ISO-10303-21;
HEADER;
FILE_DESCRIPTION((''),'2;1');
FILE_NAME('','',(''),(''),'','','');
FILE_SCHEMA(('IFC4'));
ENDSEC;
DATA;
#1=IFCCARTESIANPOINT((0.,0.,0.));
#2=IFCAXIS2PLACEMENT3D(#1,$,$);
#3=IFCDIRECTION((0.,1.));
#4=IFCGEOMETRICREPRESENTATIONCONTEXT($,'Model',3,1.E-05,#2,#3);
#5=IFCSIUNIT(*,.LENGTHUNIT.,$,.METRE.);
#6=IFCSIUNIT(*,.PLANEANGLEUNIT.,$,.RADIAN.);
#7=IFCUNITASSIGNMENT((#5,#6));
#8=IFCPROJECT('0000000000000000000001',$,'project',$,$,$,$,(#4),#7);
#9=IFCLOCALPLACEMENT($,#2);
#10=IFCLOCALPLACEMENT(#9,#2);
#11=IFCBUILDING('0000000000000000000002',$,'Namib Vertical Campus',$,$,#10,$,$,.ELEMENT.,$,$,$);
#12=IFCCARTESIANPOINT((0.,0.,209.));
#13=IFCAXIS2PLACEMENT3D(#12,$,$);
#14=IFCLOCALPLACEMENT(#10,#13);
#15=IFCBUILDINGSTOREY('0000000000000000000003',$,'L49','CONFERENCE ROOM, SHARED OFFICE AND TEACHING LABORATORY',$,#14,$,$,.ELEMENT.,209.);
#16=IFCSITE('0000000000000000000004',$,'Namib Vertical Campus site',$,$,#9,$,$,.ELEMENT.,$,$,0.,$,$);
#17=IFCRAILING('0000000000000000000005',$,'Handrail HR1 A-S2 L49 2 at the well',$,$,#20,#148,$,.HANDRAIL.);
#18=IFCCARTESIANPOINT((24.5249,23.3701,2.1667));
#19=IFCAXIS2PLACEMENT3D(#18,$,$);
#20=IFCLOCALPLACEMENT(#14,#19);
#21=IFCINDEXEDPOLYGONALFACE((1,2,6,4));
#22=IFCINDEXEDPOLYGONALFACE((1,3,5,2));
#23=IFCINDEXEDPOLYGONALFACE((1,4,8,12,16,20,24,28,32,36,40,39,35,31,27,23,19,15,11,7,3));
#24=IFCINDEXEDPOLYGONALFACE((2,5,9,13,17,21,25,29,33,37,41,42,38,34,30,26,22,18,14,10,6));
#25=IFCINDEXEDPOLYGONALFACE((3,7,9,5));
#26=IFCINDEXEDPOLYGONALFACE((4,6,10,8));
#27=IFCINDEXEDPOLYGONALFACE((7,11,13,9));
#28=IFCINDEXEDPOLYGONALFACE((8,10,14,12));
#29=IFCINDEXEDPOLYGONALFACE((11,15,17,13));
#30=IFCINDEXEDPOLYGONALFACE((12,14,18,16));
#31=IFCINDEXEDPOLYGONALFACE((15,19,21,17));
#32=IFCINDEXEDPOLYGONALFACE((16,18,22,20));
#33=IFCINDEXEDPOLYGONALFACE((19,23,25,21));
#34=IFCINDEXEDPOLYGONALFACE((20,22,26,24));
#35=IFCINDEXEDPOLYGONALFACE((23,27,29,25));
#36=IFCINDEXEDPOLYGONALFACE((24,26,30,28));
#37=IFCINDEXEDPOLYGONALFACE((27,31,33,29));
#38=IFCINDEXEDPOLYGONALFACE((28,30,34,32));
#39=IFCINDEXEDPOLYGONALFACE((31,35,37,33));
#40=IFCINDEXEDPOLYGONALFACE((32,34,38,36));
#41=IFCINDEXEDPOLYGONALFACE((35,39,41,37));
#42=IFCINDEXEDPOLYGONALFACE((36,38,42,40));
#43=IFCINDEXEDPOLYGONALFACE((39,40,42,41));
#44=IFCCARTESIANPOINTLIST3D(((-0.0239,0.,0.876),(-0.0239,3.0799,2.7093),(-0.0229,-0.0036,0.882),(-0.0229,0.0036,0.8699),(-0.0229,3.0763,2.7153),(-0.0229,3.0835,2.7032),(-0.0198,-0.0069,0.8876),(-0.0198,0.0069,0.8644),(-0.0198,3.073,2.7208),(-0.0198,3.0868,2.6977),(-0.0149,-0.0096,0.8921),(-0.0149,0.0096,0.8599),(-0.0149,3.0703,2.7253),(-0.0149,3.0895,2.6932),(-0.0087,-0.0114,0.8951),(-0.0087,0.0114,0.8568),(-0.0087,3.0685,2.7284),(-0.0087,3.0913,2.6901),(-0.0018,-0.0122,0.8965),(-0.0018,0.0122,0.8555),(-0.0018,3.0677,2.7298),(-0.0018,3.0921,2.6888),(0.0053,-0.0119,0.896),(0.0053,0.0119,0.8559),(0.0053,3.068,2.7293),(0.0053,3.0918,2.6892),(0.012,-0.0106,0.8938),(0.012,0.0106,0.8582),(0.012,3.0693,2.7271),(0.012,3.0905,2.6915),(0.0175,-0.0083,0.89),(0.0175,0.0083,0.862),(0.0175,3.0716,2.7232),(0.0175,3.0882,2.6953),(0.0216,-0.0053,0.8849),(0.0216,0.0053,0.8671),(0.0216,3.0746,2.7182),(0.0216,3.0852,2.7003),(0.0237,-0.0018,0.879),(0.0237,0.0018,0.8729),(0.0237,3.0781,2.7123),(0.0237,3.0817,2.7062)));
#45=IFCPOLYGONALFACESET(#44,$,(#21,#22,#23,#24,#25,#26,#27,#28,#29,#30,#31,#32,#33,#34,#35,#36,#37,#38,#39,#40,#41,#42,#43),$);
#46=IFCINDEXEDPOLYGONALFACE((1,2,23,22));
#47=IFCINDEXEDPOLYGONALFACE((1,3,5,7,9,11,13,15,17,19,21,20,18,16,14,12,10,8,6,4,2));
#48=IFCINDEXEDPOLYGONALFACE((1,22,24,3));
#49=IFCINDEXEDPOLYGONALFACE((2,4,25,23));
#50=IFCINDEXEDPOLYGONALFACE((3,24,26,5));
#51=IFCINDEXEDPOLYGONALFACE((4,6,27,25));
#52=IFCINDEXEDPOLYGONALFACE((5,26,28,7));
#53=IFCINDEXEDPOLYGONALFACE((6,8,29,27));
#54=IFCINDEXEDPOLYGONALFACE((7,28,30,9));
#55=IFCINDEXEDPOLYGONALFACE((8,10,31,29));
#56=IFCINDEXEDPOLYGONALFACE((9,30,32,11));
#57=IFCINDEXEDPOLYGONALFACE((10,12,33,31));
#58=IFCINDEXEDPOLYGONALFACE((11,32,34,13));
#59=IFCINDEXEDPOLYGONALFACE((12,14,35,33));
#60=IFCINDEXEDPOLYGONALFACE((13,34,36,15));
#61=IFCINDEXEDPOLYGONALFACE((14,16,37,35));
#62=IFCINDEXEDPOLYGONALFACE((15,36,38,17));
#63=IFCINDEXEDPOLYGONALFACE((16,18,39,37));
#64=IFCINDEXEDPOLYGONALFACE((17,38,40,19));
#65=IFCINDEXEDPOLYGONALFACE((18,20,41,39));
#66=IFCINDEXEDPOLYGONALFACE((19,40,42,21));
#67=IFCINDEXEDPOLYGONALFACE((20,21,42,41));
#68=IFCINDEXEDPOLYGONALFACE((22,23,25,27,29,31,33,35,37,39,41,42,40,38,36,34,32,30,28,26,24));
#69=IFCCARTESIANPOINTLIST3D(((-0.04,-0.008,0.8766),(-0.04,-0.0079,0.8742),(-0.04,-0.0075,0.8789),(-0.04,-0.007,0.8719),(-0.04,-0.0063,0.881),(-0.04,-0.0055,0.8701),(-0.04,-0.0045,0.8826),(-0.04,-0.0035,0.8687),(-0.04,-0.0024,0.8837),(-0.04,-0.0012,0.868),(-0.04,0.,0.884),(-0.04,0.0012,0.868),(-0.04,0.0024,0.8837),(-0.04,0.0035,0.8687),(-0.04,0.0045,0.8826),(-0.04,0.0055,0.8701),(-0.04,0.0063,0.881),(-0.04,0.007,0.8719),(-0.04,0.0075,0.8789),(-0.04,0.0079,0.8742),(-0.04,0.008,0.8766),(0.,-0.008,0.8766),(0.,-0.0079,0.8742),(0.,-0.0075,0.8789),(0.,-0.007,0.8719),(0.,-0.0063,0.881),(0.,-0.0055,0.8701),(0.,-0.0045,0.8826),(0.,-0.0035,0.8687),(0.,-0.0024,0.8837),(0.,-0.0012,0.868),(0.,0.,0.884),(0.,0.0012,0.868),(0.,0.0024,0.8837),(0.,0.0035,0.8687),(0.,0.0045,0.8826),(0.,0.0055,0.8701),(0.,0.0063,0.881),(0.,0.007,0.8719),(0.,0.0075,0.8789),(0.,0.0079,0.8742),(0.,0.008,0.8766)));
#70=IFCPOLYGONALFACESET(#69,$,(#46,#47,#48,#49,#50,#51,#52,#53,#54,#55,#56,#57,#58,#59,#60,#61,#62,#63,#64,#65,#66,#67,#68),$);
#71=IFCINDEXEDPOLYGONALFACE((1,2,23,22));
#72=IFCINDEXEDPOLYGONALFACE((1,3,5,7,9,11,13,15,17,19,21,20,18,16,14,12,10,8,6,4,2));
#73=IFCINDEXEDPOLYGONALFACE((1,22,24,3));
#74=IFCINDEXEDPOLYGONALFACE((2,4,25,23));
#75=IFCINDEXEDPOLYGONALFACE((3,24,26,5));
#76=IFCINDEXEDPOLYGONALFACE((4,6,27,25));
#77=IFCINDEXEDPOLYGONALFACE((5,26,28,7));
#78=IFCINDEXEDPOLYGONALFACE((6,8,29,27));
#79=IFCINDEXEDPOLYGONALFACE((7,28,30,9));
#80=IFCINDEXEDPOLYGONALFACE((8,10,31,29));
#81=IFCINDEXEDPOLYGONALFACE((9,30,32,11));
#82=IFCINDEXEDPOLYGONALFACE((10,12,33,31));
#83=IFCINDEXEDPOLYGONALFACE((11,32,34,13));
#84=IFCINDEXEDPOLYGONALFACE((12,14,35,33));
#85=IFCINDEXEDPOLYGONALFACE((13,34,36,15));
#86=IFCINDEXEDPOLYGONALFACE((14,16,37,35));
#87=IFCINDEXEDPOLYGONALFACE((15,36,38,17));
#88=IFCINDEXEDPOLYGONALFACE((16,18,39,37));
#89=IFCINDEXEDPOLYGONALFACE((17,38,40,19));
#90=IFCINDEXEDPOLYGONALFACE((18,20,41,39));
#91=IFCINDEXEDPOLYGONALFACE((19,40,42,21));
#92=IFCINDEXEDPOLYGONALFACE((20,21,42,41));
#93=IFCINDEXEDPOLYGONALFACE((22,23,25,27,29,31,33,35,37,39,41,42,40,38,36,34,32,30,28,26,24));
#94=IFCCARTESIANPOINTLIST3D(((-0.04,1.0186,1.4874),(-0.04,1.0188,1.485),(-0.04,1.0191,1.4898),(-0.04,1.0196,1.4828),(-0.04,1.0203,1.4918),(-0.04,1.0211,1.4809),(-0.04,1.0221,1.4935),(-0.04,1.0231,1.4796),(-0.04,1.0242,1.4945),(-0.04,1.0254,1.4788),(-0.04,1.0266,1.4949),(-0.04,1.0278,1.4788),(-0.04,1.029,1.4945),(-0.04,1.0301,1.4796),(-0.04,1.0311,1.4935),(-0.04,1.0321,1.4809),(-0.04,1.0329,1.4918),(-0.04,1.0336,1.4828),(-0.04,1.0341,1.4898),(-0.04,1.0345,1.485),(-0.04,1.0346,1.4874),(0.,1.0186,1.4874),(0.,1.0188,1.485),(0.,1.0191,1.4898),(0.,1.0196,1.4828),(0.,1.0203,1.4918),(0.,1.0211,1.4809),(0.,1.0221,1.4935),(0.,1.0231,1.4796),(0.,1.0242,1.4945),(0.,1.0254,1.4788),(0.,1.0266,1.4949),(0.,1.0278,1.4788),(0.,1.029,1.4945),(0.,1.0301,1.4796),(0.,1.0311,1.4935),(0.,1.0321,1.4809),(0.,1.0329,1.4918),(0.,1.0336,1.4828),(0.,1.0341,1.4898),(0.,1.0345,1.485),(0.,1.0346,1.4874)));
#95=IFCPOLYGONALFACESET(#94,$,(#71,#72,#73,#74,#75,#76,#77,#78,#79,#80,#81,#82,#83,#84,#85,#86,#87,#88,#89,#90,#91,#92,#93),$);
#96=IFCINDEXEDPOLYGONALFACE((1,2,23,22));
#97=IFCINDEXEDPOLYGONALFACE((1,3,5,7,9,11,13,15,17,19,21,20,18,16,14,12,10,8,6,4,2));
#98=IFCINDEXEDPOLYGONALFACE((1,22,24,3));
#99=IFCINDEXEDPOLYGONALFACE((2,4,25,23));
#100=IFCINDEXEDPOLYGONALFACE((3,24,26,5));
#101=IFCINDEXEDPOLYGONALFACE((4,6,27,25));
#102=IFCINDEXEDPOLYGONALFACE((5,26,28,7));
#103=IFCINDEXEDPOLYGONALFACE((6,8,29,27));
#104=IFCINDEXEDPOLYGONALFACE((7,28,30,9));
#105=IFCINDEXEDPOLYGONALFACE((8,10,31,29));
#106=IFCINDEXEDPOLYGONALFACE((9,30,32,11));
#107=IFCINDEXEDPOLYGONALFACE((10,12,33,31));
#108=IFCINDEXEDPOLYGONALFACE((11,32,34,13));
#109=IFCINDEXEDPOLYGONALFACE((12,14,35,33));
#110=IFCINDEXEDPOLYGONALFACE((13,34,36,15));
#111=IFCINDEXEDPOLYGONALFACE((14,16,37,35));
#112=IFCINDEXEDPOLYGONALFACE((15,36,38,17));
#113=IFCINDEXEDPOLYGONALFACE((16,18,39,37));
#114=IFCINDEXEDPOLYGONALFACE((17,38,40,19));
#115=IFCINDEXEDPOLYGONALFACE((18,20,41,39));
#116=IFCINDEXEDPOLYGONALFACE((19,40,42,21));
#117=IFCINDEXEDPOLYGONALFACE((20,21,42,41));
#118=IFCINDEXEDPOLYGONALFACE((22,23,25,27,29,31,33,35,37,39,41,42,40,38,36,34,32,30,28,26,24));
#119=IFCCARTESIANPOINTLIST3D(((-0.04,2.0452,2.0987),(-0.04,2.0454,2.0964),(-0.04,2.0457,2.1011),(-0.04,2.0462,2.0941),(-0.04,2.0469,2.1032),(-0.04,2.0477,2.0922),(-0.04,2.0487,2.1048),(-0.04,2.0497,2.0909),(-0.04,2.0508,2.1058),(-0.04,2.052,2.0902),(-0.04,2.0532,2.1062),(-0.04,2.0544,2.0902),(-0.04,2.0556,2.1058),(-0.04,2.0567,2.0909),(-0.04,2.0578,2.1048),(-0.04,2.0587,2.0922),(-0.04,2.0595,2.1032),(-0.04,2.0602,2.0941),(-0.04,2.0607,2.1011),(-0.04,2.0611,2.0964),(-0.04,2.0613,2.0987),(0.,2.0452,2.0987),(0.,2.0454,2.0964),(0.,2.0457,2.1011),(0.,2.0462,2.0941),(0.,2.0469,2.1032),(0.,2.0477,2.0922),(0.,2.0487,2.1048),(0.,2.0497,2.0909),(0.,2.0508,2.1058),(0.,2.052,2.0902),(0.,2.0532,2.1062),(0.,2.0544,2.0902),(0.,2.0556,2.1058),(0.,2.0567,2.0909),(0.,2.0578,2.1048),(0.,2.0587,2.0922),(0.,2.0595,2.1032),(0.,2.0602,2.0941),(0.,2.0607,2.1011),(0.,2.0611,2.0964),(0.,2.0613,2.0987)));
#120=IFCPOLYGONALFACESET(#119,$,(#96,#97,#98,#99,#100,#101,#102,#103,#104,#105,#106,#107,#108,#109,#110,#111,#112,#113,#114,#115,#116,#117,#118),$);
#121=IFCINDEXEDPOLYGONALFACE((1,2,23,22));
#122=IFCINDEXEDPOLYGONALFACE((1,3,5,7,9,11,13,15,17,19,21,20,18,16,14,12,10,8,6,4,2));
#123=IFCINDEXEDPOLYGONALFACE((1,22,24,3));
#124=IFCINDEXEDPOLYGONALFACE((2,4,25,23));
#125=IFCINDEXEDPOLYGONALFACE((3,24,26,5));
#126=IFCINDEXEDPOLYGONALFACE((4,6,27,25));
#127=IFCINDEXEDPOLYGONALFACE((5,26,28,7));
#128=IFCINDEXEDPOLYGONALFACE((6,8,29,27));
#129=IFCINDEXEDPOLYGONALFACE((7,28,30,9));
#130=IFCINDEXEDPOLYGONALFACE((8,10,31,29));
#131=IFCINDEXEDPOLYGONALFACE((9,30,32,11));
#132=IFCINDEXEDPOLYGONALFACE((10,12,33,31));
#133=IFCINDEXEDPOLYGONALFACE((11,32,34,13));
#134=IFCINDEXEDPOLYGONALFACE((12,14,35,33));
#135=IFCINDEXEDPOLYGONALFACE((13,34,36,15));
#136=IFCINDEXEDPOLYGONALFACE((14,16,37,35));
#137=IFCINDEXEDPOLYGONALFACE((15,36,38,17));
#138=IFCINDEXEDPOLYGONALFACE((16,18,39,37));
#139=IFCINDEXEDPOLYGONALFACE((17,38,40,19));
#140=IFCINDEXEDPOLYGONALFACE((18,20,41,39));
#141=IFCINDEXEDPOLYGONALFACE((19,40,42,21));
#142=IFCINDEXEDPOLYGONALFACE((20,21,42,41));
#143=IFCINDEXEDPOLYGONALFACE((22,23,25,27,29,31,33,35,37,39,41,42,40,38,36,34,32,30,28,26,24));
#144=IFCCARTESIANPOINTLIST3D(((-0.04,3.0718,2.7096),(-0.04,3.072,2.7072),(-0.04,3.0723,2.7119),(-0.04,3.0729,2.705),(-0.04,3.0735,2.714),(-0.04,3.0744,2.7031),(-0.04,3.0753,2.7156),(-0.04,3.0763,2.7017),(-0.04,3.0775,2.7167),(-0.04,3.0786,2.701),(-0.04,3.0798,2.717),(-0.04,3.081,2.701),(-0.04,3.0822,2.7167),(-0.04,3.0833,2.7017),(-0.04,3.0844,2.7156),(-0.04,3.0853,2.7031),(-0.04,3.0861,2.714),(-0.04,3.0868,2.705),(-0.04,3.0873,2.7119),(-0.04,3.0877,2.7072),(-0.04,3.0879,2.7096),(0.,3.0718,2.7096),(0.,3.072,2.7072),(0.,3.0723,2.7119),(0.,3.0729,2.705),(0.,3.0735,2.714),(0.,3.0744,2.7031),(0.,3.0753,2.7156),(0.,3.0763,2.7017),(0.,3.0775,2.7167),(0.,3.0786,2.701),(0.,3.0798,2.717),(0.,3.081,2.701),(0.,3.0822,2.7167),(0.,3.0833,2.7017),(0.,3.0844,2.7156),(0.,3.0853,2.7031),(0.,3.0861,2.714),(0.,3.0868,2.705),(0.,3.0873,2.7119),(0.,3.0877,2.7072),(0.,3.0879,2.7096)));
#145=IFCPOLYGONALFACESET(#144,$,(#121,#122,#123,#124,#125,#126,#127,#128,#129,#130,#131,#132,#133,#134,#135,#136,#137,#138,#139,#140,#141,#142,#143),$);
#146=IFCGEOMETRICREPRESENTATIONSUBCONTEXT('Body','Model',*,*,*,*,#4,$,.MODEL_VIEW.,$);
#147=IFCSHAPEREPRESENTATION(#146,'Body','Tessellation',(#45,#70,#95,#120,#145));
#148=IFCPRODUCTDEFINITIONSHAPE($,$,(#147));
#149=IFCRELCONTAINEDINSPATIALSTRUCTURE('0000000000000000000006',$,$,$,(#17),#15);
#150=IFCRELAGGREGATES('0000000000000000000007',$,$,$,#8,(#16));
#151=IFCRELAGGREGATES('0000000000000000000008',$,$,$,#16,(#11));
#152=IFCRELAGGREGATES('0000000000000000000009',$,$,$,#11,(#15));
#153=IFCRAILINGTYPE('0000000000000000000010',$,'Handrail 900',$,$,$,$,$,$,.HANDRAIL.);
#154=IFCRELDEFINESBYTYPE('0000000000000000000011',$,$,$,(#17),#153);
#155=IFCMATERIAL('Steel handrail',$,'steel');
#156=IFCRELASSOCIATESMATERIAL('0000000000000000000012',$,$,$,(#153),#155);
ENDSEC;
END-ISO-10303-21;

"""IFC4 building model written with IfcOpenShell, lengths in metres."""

from ifc_helpers import new_model, si_unit, direction, frame, origin, origin_2d, place, context, subcontext, project, spatial, circle, extrude, material, type_object, element, save


model = new_model("IFC4")

# Units and contexts
model_context = context("Model", 3, precision=1e-05, world=origin(), true_north=direction((0.0, 1.0)))
body_context = subcontext(model_context, "Body", "Model", "MODEL_VIEW")
ifc_project = project(units=[si_unit("LENGTHUNIT", "METRE"), si_unit("PLANEANGLEUNIT", "RADIAN")], contexts=[model_context])

# Site, building, storey
site_placement = place(None, origin())
site = spatial("IfcSite", under=ifc_project, at=site_placement, Name="Namib Vertical Campus site", CompositionType="ELEMENT", RefElevation=0.0)
building_placement = place(site_placement, origin())
building = spatial("IfcBuilding", under=site, at=building_placement, Name="Namib Vertical Campus", CompositionType="ELEMENT")
storey_placement = place(building_placement, frame((0.0, 0.0, 209.0)))
storey = spatial("IfcBuildingStorey", under=building, at=storey_placement, Name="L49", Description="CONFERENCE ROOM, SHARED OFFICE AND TEACHING LABORATORY", CompositionType="ELEMENT", Elevation=209.0)

# Railing
ifc_material_1 = material(Name="Steel handrail", Category="steel")
railing_type_1 = type_object("IfcRailingType", Name="Handrail 900", PredefinedType="HANDRAIL", material=ifc_material_1)
railing_1_placement = place(storey_placement, frame((24.5249, 23.3701, 2.1667)))
element("IfcRailing", 1, at=railing_1_placement, inside=storey, type_object=railing_type_1, Name="Handrail HR1 A-S2 L49 2 at the well", PredefinedType="HANDRAIL", context=body_context, shape_type="SweptSolid", body=[
    extrude(circle(Radius=0.0239, at=origin_2d()), frame((0.0, 0.0, 0.876), z_axis=(0.0, 0.859291, 0.511487), x_axis=(-1.0, 0.0, 0.0)), (0.0, 0.0, 1.0), 3.5842),
    extrude(circle(Radius=0.0081, at=origin_2d()), frame((0.0, 0.0, 0.876), z_axis=(-1.0, 0.0, 0.0), x_axis=(0.0, 0.0, 1.0)), (0.0, 0.0, 1.0), 0.04),
    extrude(circle(Radius=0.0081, at=origin_2d()), frame((0.0, 1.0266, 1.4868), z_axis=(-1.0, 0.0, 0.0), x_axis=(0.0, 0.0, 1.0)), (0.0, 0.0, 1.0), 0.04),
    extrude(circle(Radius=0.0081, at=origin_2d()), frame((0.0, 2.0532, 2.0981), z_axis=(-1.0, 0.0, 0.0), x_axis=(0.0, 0.0, 1.0)), (0.0, 0.0, 1.0), 0.04),
    extrude(circle(Radius=0.0081, at=origin_2d()), frame((0.0, 3.0798, 2.709), z_axis=(-1.0, 0.0, 0.0), x_axis=(0.0, 0.0, 1.0)), (0.0, 0.0, 1.0), 0.04),
])

save(model, "model.ifc")
